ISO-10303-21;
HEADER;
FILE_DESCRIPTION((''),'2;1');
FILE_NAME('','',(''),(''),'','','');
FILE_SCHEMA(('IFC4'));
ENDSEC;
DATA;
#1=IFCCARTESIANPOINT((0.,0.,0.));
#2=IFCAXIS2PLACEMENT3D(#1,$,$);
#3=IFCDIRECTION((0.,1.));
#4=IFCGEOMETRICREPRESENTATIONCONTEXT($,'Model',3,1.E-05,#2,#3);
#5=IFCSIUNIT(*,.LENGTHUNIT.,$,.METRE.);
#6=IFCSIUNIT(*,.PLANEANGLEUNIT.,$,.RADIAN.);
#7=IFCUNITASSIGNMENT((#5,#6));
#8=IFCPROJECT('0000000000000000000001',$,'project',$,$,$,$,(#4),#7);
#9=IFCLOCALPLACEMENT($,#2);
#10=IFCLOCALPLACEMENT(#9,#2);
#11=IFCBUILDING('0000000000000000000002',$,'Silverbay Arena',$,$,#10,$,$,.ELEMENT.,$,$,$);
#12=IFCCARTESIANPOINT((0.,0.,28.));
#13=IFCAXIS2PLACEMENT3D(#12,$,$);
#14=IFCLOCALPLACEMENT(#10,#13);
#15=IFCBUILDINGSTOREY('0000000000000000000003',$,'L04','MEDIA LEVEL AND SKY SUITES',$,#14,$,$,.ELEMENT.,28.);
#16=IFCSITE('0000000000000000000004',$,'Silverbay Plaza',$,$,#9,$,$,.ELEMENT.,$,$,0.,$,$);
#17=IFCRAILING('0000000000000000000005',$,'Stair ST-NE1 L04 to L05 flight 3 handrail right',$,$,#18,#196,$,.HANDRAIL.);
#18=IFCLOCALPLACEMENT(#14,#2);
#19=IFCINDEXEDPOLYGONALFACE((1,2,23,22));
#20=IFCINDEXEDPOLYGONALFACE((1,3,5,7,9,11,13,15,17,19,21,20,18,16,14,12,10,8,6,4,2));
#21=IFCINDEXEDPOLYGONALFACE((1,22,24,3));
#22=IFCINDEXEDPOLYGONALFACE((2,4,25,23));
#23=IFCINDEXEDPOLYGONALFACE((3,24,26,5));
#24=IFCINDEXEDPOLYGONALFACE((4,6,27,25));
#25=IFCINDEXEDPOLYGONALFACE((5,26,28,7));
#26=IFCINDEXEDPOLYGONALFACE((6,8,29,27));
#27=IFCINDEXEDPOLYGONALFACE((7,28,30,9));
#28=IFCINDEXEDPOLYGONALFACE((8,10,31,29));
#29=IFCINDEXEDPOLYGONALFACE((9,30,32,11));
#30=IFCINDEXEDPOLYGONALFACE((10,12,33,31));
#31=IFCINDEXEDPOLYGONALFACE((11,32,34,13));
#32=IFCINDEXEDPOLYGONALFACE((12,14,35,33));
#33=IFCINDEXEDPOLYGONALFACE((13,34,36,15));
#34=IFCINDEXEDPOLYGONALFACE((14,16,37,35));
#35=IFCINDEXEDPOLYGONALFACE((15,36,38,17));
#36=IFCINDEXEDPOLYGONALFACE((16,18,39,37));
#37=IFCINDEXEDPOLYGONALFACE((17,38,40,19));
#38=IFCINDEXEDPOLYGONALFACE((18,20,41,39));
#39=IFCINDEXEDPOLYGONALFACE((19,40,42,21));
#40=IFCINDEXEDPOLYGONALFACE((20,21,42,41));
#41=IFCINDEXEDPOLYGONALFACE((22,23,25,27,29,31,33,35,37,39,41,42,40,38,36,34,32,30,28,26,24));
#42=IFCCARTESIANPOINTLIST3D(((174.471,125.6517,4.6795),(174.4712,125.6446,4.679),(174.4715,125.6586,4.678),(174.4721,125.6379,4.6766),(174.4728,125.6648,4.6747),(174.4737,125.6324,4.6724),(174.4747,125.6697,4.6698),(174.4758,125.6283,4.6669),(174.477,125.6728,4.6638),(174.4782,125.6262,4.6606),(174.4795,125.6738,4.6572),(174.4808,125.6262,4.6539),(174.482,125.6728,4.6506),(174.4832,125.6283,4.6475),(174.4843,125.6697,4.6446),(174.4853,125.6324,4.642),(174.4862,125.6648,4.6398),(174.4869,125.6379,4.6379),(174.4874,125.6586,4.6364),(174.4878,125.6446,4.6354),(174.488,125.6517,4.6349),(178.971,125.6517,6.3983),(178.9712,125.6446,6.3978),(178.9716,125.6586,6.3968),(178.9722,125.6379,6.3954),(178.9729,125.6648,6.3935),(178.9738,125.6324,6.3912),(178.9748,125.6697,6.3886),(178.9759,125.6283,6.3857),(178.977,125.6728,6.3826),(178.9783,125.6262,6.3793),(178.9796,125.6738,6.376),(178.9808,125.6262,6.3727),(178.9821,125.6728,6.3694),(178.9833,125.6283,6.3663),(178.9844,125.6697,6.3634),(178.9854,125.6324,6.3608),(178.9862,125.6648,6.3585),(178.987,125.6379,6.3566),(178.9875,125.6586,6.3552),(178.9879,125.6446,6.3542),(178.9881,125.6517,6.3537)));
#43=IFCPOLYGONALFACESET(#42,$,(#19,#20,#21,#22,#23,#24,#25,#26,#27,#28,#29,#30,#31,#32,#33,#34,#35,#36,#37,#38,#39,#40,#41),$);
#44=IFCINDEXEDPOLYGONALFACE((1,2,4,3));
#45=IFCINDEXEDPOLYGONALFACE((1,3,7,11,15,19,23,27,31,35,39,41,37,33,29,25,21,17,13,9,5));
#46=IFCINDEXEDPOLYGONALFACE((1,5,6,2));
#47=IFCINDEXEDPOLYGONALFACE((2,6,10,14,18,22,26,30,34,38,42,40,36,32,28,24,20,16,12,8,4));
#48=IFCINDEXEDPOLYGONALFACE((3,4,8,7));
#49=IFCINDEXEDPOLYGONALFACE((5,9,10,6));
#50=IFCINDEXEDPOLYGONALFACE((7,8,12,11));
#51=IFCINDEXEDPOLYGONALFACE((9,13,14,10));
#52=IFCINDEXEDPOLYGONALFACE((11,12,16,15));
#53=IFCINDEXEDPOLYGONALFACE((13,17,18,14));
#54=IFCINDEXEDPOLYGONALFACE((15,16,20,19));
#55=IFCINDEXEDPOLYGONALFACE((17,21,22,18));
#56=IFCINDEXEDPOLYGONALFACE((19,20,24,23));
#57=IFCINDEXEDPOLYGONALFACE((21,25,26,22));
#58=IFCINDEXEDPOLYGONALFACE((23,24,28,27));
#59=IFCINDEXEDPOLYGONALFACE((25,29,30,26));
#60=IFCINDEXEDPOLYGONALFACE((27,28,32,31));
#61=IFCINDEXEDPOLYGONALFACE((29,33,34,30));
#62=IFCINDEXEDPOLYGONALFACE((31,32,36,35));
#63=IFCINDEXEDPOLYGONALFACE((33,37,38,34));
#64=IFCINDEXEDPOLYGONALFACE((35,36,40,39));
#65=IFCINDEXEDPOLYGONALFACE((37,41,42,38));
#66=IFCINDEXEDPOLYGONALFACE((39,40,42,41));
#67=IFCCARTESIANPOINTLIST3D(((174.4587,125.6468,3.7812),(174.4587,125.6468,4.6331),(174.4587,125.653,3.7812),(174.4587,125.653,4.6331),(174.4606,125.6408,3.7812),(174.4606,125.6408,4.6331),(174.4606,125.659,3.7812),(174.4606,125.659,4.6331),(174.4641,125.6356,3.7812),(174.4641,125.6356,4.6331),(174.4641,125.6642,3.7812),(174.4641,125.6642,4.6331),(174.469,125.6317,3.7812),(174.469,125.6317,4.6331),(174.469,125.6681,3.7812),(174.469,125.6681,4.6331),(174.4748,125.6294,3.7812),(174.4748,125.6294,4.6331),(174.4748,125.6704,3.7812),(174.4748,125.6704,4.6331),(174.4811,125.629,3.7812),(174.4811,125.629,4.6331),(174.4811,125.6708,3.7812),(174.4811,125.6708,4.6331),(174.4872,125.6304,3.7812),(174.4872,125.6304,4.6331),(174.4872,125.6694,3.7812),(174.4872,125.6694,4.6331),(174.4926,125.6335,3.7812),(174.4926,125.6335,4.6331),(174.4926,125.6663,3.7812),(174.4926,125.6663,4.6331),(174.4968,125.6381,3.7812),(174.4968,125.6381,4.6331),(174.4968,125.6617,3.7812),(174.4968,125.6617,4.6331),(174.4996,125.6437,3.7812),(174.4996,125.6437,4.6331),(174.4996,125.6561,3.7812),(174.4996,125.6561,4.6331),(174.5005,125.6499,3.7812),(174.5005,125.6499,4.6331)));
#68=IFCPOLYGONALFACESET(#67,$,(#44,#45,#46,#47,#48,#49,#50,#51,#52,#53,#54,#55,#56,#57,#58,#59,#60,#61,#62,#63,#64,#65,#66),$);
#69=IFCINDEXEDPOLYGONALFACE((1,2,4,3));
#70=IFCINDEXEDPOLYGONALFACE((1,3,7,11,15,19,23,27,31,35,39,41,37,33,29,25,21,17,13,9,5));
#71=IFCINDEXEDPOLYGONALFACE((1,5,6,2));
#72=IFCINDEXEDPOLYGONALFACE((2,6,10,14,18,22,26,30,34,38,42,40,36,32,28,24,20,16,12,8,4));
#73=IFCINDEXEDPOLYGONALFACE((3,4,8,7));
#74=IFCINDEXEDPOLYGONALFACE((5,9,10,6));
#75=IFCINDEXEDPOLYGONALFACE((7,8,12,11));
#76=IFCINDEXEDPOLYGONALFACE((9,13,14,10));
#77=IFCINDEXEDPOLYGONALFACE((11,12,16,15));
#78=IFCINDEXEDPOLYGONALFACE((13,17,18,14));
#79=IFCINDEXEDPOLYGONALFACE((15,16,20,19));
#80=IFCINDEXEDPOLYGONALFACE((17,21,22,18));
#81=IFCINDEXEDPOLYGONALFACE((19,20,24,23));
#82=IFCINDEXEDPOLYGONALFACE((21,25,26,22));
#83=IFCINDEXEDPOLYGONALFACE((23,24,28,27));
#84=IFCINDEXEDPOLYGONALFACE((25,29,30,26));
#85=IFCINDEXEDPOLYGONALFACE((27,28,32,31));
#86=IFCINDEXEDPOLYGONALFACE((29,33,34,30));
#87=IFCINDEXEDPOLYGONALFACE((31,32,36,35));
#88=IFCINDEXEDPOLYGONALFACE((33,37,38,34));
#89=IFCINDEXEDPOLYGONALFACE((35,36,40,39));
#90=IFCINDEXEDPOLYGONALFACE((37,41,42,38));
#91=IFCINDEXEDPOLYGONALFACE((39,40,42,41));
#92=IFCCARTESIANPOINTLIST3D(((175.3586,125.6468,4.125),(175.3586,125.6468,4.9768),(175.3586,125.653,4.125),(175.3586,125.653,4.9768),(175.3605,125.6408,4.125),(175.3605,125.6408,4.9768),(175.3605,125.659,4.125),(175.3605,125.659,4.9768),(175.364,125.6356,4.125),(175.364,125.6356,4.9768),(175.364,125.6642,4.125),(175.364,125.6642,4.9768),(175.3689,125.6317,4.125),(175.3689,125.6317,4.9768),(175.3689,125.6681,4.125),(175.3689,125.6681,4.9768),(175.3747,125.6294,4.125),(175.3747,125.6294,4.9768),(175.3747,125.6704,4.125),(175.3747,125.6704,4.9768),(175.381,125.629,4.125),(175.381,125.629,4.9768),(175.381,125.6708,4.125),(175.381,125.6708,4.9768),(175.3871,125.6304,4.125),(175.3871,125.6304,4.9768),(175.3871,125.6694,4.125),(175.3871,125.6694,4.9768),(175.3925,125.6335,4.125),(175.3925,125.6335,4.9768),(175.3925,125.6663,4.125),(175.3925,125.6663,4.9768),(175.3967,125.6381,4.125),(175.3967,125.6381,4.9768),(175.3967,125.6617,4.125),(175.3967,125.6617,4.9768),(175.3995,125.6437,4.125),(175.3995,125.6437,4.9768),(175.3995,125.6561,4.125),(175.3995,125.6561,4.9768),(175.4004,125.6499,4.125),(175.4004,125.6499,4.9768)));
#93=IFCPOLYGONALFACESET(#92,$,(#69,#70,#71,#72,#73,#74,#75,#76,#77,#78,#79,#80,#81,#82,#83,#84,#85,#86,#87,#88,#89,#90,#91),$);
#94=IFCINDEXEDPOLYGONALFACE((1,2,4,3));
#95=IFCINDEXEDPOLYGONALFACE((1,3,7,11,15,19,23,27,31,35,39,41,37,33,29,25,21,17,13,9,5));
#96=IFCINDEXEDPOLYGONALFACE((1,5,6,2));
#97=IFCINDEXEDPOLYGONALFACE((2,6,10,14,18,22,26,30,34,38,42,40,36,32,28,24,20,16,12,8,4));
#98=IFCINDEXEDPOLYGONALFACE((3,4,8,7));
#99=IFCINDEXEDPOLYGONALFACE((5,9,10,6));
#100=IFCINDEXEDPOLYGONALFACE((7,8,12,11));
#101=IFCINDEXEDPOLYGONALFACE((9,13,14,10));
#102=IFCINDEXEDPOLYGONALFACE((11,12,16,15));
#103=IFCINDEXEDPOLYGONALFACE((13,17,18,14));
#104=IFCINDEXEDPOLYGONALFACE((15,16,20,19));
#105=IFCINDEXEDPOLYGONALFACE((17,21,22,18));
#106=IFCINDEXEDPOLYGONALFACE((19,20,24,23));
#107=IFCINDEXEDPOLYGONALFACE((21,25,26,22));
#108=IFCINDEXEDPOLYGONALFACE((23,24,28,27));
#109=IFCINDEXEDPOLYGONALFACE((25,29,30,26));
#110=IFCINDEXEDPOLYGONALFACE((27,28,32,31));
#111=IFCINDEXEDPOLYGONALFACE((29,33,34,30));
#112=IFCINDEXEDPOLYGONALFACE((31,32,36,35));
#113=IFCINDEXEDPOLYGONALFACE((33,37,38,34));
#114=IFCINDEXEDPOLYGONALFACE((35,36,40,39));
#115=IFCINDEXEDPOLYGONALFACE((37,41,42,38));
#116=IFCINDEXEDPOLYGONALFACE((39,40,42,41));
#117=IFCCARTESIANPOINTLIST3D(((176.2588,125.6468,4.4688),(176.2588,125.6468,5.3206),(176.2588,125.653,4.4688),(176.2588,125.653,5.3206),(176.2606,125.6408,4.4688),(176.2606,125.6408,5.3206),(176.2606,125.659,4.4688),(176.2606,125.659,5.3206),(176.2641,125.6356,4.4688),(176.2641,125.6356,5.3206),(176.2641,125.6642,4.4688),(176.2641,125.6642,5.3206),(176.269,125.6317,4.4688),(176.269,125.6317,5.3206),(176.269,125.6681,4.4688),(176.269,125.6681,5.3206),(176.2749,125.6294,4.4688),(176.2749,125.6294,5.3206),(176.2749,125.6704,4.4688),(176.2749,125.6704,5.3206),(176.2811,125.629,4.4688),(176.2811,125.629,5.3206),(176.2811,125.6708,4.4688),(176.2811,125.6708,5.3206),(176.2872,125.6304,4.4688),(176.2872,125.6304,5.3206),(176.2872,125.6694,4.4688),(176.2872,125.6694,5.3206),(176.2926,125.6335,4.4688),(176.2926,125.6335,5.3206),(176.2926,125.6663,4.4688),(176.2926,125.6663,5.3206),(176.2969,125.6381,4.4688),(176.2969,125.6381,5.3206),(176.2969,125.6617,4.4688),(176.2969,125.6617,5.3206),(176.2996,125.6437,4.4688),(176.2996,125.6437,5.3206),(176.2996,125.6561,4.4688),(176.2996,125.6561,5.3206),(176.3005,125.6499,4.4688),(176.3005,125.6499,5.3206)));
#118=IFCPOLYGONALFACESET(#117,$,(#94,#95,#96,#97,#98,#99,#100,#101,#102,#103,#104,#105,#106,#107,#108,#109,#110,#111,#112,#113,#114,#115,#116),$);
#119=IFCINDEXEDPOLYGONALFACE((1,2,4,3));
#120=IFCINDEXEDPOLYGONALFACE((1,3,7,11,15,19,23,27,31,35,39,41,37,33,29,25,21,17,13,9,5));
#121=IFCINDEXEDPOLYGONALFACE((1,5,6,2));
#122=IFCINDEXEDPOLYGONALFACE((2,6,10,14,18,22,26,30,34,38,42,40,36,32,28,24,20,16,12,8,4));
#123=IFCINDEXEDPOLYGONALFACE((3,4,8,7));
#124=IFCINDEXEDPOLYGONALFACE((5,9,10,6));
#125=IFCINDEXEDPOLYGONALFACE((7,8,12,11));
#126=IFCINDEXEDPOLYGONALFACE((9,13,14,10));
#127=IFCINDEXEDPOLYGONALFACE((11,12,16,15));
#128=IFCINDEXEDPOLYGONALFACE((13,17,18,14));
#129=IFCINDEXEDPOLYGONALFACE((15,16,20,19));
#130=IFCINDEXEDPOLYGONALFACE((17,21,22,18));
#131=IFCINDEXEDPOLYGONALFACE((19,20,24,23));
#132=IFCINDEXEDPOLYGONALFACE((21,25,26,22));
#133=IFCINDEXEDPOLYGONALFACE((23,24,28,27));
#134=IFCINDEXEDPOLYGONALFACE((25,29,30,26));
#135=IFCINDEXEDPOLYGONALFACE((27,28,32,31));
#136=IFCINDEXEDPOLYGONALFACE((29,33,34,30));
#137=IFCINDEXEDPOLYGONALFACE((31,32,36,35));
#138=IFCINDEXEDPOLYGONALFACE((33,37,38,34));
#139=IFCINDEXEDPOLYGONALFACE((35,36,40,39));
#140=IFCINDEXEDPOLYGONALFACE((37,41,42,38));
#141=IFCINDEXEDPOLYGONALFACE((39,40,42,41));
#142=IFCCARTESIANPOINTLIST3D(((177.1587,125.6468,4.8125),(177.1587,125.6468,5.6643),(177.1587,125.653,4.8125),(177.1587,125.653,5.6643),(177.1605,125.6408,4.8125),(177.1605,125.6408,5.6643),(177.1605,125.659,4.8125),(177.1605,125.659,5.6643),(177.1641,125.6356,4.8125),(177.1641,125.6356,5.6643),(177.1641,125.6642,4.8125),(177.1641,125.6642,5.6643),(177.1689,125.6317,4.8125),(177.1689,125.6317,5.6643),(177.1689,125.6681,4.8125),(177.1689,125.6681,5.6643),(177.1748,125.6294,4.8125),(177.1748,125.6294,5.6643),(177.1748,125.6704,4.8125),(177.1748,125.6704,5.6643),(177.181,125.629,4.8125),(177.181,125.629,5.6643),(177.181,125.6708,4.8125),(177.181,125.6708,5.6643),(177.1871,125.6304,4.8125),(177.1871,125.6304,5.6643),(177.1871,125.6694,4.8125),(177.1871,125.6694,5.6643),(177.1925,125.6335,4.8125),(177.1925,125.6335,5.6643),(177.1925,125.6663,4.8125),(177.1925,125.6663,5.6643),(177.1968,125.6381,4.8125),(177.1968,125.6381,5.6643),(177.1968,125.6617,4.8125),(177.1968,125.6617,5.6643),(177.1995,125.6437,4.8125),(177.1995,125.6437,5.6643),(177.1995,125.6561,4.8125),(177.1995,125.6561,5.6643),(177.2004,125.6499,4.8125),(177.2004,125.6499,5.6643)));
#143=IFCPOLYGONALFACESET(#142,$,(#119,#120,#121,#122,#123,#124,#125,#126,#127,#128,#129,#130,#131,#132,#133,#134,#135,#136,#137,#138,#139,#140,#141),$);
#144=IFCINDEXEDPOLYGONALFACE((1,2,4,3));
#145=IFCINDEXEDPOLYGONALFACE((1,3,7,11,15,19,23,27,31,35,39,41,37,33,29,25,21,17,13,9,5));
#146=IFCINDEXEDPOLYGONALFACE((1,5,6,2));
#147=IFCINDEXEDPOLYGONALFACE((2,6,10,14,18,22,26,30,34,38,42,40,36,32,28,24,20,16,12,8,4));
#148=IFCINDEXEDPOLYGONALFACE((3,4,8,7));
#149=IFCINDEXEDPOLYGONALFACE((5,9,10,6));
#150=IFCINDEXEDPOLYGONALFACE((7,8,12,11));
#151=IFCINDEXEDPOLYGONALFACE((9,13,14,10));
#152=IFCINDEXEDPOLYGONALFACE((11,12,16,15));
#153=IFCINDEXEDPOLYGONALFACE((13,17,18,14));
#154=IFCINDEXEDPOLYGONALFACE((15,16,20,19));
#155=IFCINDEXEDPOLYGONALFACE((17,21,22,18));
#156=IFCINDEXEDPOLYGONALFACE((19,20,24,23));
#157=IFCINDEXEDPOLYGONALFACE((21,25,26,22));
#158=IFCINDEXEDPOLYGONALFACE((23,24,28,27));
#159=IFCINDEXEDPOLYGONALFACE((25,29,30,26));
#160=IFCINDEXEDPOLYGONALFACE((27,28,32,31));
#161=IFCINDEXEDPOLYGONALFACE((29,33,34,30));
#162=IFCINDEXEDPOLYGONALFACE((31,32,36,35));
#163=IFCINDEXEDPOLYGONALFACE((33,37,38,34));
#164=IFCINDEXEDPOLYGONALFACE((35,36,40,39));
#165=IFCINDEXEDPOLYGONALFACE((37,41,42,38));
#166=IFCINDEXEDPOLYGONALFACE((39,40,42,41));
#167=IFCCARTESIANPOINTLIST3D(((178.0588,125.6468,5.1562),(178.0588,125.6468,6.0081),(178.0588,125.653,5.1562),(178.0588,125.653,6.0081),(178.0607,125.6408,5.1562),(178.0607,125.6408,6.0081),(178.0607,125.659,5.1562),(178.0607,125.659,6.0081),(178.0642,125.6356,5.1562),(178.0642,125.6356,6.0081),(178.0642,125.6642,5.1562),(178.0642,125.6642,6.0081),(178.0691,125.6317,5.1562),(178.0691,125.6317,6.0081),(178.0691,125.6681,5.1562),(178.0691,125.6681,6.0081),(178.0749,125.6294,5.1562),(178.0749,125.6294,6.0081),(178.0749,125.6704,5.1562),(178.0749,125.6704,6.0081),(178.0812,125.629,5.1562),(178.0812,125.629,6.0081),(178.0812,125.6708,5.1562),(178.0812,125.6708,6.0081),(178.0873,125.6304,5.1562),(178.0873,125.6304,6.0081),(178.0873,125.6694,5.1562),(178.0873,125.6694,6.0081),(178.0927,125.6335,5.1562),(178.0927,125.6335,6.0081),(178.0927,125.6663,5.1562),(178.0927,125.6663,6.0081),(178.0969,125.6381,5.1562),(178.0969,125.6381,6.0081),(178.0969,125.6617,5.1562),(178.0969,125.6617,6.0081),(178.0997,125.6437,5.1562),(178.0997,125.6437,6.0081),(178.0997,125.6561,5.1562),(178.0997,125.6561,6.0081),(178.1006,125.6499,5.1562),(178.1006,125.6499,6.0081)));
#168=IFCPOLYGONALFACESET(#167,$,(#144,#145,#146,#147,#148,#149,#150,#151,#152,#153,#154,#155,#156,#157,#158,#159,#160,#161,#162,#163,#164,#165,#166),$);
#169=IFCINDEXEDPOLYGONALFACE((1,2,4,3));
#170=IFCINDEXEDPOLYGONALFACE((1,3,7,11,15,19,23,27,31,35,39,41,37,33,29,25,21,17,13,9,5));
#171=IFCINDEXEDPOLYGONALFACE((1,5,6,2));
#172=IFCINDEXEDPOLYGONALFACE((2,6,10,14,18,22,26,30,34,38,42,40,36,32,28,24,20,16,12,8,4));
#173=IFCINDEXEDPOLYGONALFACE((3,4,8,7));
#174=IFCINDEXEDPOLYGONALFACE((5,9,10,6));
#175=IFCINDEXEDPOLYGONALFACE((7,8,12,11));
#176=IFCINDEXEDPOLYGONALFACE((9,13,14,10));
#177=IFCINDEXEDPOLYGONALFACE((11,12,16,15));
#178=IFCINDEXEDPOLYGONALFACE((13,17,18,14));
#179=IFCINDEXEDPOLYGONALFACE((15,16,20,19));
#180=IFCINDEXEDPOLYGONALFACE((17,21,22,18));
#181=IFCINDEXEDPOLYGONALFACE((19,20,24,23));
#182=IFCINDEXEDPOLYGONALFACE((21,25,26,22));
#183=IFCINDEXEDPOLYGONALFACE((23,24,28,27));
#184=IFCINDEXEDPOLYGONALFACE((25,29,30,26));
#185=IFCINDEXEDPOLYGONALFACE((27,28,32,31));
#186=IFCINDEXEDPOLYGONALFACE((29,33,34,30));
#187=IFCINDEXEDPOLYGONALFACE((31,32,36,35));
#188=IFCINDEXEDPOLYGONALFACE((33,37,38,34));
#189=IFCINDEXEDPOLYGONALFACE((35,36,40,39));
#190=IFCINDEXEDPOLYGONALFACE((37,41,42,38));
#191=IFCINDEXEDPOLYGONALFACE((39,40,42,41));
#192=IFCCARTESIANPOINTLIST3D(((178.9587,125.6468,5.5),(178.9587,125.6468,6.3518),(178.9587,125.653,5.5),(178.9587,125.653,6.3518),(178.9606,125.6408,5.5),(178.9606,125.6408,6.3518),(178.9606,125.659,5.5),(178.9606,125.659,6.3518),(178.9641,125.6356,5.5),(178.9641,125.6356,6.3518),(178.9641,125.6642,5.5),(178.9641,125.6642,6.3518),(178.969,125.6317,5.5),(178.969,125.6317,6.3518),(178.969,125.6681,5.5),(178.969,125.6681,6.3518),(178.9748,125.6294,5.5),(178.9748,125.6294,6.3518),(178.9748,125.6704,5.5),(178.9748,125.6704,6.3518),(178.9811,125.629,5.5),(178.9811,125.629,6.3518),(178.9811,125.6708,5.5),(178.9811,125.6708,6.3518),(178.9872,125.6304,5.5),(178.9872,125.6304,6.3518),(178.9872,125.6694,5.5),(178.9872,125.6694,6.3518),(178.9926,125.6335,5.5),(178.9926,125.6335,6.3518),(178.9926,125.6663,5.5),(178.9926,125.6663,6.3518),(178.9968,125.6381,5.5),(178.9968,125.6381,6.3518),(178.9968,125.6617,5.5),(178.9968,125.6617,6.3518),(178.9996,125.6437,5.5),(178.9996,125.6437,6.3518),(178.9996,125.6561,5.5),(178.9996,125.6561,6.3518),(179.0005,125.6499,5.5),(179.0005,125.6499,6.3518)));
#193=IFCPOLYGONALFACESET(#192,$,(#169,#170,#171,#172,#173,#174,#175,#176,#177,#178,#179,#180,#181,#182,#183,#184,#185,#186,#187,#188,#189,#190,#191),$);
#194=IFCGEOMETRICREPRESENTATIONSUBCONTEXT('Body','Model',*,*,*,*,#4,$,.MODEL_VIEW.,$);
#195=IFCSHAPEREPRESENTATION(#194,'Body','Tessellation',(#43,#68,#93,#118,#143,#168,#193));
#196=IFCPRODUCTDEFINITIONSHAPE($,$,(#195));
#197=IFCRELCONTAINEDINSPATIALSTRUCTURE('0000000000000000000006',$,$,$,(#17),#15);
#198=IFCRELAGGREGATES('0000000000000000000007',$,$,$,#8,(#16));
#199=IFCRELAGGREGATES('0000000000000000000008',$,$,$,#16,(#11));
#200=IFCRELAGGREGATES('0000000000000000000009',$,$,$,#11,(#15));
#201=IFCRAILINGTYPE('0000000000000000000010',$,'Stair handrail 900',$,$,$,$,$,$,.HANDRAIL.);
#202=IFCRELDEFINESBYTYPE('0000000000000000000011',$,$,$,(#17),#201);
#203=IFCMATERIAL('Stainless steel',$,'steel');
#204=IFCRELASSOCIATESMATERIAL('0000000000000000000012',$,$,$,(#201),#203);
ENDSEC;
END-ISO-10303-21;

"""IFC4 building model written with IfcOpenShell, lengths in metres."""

from ifc_helpers import new_model, si_unit, direction, frame, origin, origin_2d, place, context, subcontext, project, spatial, circle, extrude, material, type_object, element, save


model = new_model("IFC4")

# Units and contexts
model_context = context("Model", 3, precision=1e-05, world=origin(), true_north=direction((0.0, 1.0)))
body_context = subcontext(model_context, "Body", "Model", "MODEL_VIEW")
ifc_project = project(units=[si_unit("LENGTHUNIT", "METRE"), si_unit("PLANEANGLEUNIT", "RADIAN")], contexts=[model_context])

# Site, building, storey
site_placement = place(None, origin())
site = spatial("IfcSite", under=ifc_project, at=site_placement, Name="Silverbay Plaza", CompositionType="ELEMENT", RefElevation=0.0)
building_placement = place(site_placement, origin())
building = spatial("IfcBuilding", under=site, at=building_placement, Name="Silverbay Arena", CompositionType="ELEMENT")
storey_placement = place(building_placement, frame((0.0, 0.0, 28.0)))
storey = spatial("IfcBuildingStorey", under=building, at=storey_placement, Name="L04", Description="MEDIA LEVEL AND SKY SUITES", CompositionType="ELEMENT", Elevation=28.0)

# Railing
ifc_material_1 = material(Name="Stainless steel", Category="steel")
railing_type_1 = type_object("IfcRailingType", Name="Stair handrail 900", PredefinedType="HANDRAIL", material=ifc_material_1)
for number, where, name in (
    (1, (174.4795, 125.6499, 3.7812), "Stair ST-NE1 L04 to L05 flight 3 handrail right"),
):
    element("IfcRailing", number, at=place(storey_placement, frame(where)), inside=storey, type_object=railing_type_1, Name=name, PredefinedType="HANDRAIL", context=body_context, shape_type="SweptSolid", body=[
        extrude(circle(Radius=0.0239, at=origin_2d()), frame((0.0, 0.0, 0.876), z_axis=(0.934179, 0.0, 0.356805), x_axis=(0.0, 1.0, 0.0)), (0.0, 0.0, 1.0), 4.8171),
        extrude(circle(Radius=0.021, at=origin_2d()), origin(), (0.0, 0.0, 1.0), 0.8518),
        extrude(circle(Radius=0.021, at=origin_2d()), frame((0.8999, 0.0, 0.3438)), (0.0, 0.0, 1.0), 0.8518),
        extrude(circle(Radius=0.021, at=origin_2d()), frame((1.8, 0.0, 0.6875)), (0.0, 0.0, 1.0), 0.8518),
        extrude(circle(Radius=0.021, at=origin_2d()), frame((2.7, 0.0, 1.0312)), (0.0, 0.0, 1.0), 0.8518),
        extrude(circle(Radius=0.021, at=origin_2d()), frame((3.6001, 0.0, 1.375)), (0.0, 0.0, 1.0), 0.8518),
        extrude(circle(Radius=0.021, at=origin_2d()), frame((4.5, 0.0, 1.7188)), (0.0, 0.0, 1.0), 0.8518),
    ])

save(model, "model.ifc")
